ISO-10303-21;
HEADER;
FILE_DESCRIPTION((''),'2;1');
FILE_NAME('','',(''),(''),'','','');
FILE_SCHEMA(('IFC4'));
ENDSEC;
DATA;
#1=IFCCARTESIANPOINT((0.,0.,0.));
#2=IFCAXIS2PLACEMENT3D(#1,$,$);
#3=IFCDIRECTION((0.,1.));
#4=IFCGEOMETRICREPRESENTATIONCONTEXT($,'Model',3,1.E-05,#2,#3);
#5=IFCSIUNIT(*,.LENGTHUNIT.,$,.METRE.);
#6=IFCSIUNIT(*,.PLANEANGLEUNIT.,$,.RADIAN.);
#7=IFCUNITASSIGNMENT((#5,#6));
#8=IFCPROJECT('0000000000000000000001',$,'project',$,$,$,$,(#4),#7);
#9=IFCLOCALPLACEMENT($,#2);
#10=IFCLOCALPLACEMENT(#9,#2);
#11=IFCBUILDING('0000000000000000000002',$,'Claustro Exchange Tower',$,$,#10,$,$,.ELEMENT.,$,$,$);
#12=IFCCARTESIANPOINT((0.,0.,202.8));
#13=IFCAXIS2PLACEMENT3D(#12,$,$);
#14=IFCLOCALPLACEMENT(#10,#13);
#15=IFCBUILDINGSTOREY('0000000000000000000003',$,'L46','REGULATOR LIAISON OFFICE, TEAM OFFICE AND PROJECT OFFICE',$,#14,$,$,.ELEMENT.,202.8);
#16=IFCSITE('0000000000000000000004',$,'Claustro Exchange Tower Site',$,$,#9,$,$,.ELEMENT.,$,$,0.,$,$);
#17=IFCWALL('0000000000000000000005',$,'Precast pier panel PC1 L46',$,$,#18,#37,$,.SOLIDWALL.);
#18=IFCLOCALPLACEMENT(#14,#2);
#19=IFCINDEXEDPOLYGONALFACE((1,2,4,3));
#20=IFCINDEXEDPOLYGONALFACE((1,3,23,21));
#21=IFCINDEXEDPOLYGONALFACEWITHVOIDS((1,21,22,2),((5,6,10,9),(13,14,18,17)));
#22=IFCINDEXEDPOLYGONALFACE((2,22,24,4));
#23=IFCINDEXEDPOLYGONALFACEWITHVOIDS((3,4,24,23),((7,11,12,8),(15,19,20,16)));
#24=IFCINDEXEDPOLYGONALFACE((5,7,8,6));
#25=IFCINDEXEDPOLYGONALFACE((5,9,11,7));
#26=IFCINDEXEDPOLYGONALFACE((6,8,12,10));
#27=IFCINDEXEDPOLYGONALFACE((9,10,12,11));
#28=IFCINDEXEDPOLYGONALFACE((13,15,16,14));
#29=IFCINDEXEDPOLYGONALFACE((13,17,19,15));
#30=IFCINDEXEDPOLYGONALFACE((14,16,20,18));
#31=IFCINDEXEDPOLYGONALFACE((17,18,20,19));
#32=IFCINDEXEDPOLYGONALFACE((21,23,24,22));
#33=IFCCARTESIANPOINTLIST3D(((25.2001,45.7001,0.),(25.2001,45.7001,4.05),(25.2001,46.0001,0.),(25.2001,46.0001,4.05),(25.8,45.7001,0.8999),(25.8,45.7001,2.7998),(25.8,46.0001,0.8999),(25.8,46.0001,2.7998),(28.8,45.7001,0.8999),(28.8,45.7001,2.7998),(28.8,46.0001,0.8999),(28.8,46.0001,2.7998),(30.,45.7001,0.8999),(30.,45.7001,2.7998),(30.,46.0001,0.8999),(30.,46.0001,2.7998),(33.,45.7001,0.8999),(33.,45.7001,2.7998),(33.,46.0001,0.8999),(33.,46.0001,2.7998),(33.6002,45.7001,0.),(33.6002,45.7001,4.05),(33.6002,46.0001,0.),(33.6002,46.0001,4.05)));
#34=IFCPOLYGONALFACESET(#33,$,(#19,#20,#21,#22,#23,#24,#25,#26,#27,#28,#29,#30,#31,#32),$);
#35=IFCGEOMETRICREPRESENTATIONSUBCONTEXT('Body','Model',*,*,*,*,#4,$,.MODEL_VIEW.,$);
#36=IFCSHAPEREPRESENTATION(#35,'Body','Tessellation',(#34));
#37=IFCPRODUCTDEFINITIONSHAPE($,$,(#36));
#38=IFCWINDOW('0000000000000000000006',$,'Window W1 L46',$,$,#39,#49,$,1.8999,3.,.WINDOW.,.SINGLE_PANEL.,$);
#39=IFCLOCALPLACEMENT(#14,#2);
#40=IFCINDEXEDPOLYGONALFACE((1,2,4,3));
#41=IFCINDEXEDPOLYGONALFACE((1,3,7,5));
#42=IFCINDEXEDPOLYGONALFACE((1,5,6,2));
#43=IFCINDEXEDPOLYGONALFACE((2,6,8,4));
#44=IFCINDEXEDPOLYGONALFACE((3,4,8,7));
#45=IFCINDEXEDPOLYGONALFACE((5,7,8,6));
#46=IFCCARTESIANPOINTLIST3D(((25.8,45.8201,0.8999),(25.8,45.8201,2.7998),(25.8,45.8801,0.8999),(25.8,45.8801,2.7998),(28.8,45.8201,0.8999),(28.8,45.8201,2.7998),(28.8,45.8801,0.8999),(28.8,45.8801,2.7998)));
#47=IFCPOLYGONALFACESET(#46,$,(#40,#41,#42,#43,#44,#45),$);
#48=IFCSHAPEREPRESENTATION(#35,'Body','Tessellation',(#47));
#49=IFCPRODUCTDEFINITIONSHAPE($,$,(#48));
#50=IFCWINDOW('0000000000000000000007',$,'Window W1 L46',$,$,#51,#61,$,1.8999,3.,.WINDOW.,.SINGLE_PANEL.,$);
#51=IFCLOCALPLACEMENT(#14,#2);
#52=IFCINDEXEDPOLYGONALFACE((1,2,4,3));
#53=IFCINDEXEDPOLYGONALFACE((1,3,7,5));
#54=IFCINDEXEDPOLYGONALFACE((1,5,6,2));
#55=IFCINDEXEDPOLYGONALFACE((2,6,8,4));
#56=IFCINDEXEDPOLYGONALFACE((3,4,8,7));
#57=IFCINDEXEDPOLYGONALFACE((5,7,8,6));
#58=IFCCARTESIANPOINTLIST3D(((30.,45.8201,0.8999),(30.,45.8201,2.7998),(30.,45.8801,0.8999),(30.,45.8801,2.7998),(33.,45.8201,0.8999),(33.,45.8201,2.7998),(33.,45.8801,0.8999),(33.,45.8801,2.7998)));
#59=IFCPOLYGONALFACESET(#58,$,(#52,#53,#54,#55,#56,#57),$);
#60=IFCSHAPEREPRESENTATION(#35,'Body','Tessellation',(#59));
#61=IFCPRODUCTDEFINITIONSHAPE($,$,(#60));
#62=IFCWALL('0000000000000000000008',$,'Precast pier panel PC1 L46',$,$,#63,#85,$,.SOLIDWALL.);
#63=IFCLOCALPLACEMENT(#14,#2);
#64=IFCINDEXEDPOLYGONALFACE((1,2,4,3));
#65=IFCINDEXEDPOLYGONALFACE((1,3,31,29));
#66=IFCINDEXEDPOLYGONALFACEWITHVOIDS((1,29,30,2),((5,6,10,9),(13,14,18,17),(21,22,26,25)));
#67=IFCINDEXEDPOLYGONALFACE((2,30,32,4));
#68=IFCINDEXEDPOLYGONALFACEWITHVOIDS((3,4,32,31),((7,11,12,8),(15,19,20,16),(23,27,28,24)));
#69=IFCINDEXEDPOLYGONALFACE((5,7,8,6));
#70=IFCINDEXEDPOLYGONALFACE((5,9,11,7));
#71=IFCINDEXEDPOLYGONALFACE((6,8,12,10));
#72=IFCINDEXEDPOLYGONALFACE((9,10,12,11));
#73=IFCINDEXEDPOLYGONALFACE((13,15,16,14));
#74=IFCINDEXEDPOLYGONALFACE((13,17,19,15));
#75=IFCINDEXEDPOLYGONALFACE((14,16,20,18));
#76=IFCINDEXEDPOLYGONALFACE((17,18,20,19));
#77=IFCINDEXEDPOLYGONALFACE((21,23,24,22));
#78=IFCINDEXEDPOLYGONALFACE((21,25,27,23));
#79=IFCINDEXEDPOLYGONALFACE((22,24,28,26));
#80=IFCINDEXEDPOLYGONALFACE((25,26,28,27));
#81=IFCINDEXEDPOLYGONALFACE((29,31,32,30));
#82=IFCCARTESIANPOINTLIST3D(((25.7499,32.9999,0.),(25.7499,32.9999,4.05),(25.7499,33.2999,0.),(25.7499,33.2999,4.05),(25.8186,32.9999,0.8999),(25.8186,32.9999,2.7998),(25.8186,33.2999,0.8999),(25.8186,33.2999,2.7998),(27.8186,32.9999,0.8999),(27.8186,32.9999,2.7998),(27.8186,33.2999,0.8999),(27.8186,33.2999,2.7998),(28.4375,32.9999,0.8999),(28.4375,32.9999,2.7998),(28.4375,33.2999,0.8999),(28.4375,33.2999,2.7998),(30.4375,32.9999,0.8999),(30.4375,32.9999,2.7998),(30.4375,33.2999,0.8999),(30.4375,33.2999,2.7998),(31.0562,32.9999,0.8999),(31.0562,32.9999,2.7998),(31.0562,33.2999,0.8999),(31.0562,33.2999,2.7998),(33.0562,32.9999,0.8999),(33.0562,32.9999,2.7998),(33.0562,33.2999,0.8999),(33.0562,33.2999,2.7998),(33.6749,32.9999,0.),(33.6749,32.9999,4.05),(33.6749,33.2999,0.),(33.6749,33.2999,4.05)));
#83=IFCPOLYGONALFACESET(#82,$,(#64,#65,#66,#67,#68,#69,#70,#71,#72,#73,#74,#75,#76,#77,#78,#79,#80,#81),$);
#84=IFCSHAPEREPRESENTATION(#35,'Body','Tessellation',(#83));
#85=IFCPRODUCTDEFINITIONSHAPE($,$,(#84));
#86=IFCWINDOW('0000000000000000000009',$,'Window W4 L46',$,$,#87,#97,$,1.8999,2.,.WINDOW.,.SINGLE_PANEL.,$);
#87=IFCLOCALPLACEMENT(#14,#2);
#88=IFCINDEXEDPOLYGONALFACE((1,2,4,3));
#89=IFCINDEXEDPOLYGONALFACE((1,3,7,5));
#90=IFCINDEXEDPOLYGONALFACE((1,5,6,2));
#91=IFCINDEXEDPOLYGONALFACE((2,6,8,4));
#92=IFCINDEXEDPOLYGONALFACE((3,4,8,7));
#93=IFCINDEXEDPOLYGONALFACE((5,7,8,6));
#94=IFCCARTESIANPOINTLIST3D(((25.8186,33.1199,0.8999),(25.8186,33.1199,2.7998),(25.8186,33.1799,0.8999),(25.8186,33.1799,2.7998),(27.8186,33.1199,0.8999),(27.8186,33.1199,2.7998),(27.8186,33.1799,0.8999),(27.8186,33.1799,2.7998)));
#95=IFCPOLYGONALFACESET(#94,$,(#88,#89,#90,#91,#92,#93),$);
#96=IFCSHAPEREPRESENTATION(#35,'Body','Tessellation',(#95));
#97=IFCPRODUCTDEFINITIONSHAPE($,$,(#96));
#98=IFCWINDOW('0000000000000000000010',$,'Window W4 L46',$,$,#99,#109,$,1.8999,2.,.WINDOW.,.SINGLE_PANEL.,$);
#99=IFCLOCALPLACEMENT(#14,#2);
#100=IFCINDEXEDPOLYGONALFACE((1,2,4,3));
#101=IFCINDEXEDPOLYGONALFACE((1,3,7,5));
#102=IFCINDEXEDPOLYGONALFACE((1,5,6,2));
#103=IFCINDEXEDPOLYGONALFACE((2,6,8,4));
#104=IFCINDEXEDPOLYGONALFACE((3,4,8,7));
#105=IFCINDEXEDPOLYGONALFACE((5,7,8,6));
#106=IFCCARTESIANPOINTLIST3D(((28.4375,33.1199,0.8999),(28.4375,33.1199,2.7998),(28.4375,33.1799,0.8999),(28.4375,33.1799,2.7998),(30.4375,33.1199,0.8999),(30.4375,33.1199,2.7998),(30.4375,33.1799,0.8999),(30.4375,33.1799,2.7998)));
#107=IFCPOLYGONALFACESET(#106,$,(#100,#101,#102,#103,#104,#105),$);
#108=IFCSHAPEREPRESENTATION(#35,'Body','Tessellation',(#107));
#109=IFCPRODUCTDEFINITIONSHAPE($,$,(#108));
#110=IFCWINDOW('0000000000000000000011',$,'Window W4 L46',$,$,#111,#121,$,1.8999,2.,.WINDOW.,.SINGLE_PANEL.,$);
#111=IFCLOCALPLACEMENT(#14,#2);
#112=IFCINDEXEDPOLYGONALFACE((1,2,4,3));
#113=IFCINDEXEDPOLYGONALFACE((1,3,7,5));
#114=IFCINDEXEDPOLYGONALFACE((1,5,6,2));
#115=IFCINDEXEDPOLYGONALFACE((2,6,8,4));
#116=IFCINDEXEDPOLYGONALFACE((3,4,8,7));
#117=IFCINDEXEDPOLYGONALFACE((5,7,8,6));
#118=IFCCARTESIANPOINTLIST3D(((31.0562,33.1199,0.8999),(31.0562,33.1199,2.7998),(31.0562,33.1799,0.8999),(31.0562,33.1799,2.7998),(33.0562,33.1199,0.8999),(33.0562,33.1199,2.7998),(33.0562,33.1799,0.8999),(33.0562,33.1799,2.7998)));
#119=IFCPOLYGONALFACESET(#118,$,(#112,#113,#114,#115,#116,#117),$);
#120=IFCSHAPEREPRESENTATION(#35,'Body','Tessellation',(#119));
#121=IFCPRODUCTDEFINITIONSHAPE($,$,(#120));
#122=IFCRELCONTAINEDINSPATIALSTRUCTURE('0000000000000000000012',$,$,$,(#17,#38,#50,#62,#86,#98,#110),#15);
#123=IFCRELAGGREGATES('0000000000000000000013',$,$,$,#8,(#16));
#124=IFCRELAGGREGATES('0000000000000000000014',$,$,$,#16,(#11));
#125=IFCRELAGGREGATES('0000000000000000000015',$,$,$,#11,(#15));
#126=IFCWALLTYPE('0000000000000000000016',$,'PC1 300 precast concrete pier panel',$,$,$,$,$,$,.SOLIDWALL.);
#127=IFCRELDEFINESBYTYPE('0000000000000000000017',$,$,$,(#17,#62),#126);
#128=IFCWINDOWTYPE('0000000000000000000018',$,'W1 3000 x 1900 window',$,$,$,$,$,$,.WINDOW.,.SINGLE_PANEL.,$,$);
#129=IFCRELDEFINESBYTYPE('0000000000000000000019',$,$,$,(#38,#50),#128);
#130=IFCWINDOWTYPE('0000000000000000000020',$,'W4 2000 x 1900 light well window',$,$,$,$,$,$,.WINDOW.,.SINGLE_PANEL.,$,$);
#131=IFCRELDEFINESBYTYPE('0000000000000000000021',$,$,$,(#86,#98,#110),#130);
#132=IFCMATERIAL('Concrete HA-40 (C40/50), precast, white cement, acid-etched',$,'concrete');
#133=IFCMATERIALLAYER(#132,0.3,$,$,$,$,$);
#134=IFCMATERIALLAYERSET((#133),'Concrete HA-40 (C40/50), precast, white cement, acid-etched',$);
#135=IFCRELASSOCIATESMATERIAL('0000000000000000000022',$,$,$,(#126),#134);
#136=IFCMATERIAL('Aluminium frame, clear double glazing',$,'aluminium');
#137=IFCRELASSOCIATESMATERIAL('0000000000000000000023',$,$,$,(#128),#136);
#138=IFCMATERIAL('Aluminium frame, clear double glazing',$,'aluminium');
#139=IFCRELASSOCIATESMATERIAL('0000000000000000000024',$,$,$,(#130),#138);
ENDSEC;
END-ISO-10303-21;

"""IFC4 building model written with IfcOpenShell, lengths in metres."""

from ifc_helpers import new_model, si_unit, direction, frame, frame_2d, origin, place, context, subcontext, project, spatial, rectangle, extrude, material, layer, layer_set, type_object, element, fill, save


model = new_model("IFC4")

# Units and contexts
model_context = context("Model", 3, precision=1e-05, world=origin(), true_north=direction((0.0, 1.0)))
body_context = subcontext(model_context, "Body", "Model", "MODEL_VIEW")
ifc_project = project(units=[si_unit("LENGTHUNIT", "METRE"), si_unit("PLANEANGLEUNIT", "RADIAN")], contexts=[model_context])

# Site, building, storey
site_placement = place(None, origin())
site = spatial("IfcSite", under=ifc_project, at=site_placement, Name="Claustro Exchange Tower Site", CompositionType="ELEMENT", RefElevation=0.0)
building_placement = place(site_placement, origin())
building = spatial("IfcBuilding", under=site, at=building_placement, Name="Claustro Exchange Tower", CompositionType="ELEMENT")
storey_placement = place(building_placement, frame((0.0, 0.0, 202.8)))
storey = spatial("IfcBuildingStorey", under=building, at=storey_placement, Name="L46", Description="REGULATOR LIAISON OFFICE, TEAM OFFICE AND PROJECT OFFICE", CompositionType="ELEMENT", Elevation=202.8)

# Walls, openings, windows
ifc_material_1 = material(Name="Concrete HA-40 (C40/50), precast, white cement, acid-etched", Category="concrete")
ifc_layer_1 = layer(ifc_material_1, 0.3)
ifc_layer_set_1 = layer_set([ifc_layer_1], Name="Concrete HA-40 (C40/50), precast, white cement, acid-etched")
wall_type_1 = type_object("IfcWallType", Name="PC1 300 precast concrete pier panel", PredefinedType="SOLIDWALL", material=ifc_layer_set_1)
wall_1_placement = place(storey_placement, frame((25.2, 45.8501, 0.0), z_axis=(0.0, 0.0, 1.0), x_axis=(1.0, 0.0, 0.0)))
wall_1 = element("IfcWall", 1, at=wall_1_placement, inside=storey, type_object=wall_type_1, Name="Precast pier panel PC1 L46", PredefinedType="SOLIDWALL", context=body_context, shape_type="SweptSolid", body=[
    extrude(rectangle(XDim=8.4001, YDim=0.3, at=frame_2d((4.2002, 0.0))), origin(), (0.0, 0.0, 1.0), 4.05),
])
opening_1_placement = place(wall_1_placement, frame((0.6001, 0.0, 0.8999)))
opening_1 = element("IfcOpeningElement", 2, at=opening_1_placement, cuts=wall_1, PredefinedType="OPENING", context=body_context, shape_type="SweptSolid", body=[
    extrude(rectangle(XDim=3.0, YDim=1.8999, at=frame_2d((1.5, 0.95))), frame((0.0, 0.1599, 0.0), z_axis=(0.0, -1.0, 0.0), x_axis=(1.0, 0.0, 0.0)), (0.0, 0.0, 1.0), 0.3201),
])
opening_2_placement = place(wall_1_placement, frame((4.8, 0.0, 0.8999)))
opening_2 = element("IfcOpeningElement", 3, at=opening_2_placement, cuts=wall_1, PredefinedType="OPENING", context=body_context, shape_type="SweptSolid", body=[
    extrude(rectangle(XDim=3.0, YDim=1.8999, at=frame_2d((1.5, 0.95))), frame((0.0, 0.1599, 0.0), z_axis=(0.0, -1.0, 0.0), x_axis=(1.0, 0.0, 0.0)), (0.0, 0.0, 1.0), 0.3201),
])
ifc_material_2 = material(Name="Aluminium frame, clear double glazing", Category="aluminium")
window_type_1 = type_object("IfcWindowType", Name="W1 3000 x 1900 window", PartitioningType="SINGLE_PANEL", PredefinedType="WINDOW", material=ifc_material_2)
window_1_placement = place(opening_1_placement, origin())
window_1 = element("IfcWindow", 4, at=window_1_placement, inside=storey, type_object=window_type_1, Name="Window W1 L46", OverallHeight=1.8999, OverallWidth=3.0, PartitioningType="SINGLE_PANEL", PredefinedType="WINDOW", context=body_context, shape_type="SweptSolid", body=[
    extrude(rectangle(XDim=3.0, YDim=1.8999, at=frame_2d((1.5, 0.95))), frame((0.0, 0.03, 0.0), z_axis=(0.0, -1.0, 0.0), x_axis=(1.0, 0.0, 0.0)), (0.0, 0.0, 1.0), 0.0601),
])
fill(opening_1, window_1)
window_2_placement = place(opening_2_placement, origin())
window_2 = element("IfcWindow", 5, at=window_2_placement, inside=storey, type_object=window_type_1, Name="Window W1 L46", OverallHeight=1.8999, OverallWidth=3.0, PartitioningType="SINGLE_PANEL", PredefinedType="WINDOW", context=body_context, shape_type="SweptSolid", body=[
    extrude(rectangle(XDim=3.0, YDim=1.8999, at=frame_2d((1.5, 0.95))), frame((0.0, 0.03, 0.0), z_axis=(0.0, -1.0, 0.0), x_axis=(1.0, 0.0, 0.0)), (0.0, 0.0, 1.0), 0.0601),
])
fill(opening_2, window_2)
wall_2_placement = place(storey_placement, frame((25.75, 33.1499, 0.0), z_axis=(0.0, 0.0, 1.0), x_axis=(1.0, 0.0, 0.0)))
wall_2 = element("IfcWall", 6, at=wall_2_placement, inside=storey, type_object=wall_type_1, Name="Precast pier panel PC1 L46", PredefinedType="SOLIDWALL", context=body_context, shape_type="SweptSolid", body=[
    extrude(rectangle(XDim=7.925, YDim=0.3, at=frame_2d((3.9624, 0.0))), origin(), (0.0, 0.0, 1.0), 4.05),
])
opening_3_placement = place(wall_2_placement, frame((0.0686, 0.0, 0.8999)))
opening_3 = element("IfcOpeningElement", 7, at=opening_3_placement, cuts=wall_2, PredefinedType="OPENING", context=body_context, shape_type="SweptSolid", body=[
    extrude(rectangle(XDim=2.0, YDim=1.8999, at=frame_2d((1.0, 0.95))), frame((0.0, 0.1599, 0.0), z_axis=(0.0, -1.0, 0.0), x_axis=(1.0, 0.0, 0.0)), (0.0, 0.0, 1.0), 0.3201),
])
opening_4_placement = place(wall_2_placement, frame((2.6875, 0.0, 0.8999)))
opening_4 = element("IfcOpeningElement", 8, at=opening_4_placement, cuts=wall_2, PredefinedType="OPENING", context=body_context, shape_type="SweptSolid", body=[
    extrude(rectangle(XDim=2.0, YDim=1.8999, at=frame_2d((1.0, 0.95))), frame((0.0, 0.1599, 0.0), z_axis=(0.0, -1.0, 0.0), x_axis=(1.0, 0.0, 0.0)), (0.0, 0.0, 1.0), 0.3201),
])
opening_5_placement = place(wall_2_placement, frame((5.3062, 0.0, 0.8999)))
opening_5 = element("IfcOpeningElement", 9, at=opening_5_placement, cuts=wall_2, PredefinedType="OPENING", context=body_context, shape_type="SweptSolid", body=[
    extrude(rectangle(XDim=2.0, YDim=1.8999, at=frame_2d((1.0, 0.95))), frame((0.0, 0.1599, 0.0), z_axis=(0.0, -1.0, 0.0), x_axis=(1.0, 0.0, 0.0)), (0.0, 0.0, 1.0), 0.3201),
])
ifc_material_3 = material(Name="Aluminium frame, clear double glazing", Category="aluminium")
window_type_2 = type_object("IfcWindowType", Name="W4 2000 x 1900 light well window", PartitioningType="SINGLE_PANEL", PredefinedType="WINDOW", material=ifc_material_3)
window_3_placement = place(opening_3_placement, origin())
window_3 = element("IfcWindow", 10, at=window_3_placement, inside=storey, type_object=window_type_2, Name="Window W4 L46", OverallHeight=1.8999, OverallWidth=2.0, PartitioningType="SINGLE_PANEL", PredefinedType="WINDOW", context=body_context, shape_type="SweptSolid", body=[
    extrude(rectangle(XDim=2.0, YDim=1.8999, at=frame_2d((1.0, 0.95))), frame((0.0, 0.03, 0.0), z_axis=(0.0, -1.0, 0.0), x_axis=(1.0, 0.0, 0.0)), (0.0, 0.0, 1.0), 0.0601),
])
fill(opening_3, window_3)
window_4_placement = place(opening_4_placement, origin())
window_4 = element("IfcWindow", 11, at=window_4_placement, inside=storey, type_object=window_type_2, Name="Window W4 L46", OverallHeight=1.8999, OverallWidth=2.0, PartitioningType="SINGLE_PANEL", PredefinedType="WINDOW", context=body_context, shape_type="SweptSolid", body=[
    extrude(rectangle(XDim=2.0, YDim=1.8999, at=frame_2d((1.0, 0.95))), frame((0.0, 0.03, 0.0), z_axis=(0.0, -1.0, 0.0), x_axis=(1.0, 0.0, 0.0)), (0.0, 0.0, 1.0), 0.0601),
])
fill(opening_4, window_4)
window_5_placement = place(opening_5_placement, origin())
window_5 = element("IfcWindow", 12, at=window_5_placement, inside=storey, type_object=window_type_2, Name="Window W4 L46", OverallHeight=1.8999, OverallWidth=2.0, PartitioningType="SINGLE_PANEL", PredefinedType="WINDOW", context=body_context, shape_type="SweptSolid", body=[
    extrude(rectangle(XDim=2.0, YDim=1.8999, at=frame_2d((1.0, 0.95))), frame((0.0, 0.03, 0.0), z_axis=(0.0, -1.0, 0.0), x_axis=(1.0, 0.0, 0.0)), (0.0, 0.0, 1.0), 0.0601),
])
fill(opening_5, window_5)

save(model, "model.ifc")
